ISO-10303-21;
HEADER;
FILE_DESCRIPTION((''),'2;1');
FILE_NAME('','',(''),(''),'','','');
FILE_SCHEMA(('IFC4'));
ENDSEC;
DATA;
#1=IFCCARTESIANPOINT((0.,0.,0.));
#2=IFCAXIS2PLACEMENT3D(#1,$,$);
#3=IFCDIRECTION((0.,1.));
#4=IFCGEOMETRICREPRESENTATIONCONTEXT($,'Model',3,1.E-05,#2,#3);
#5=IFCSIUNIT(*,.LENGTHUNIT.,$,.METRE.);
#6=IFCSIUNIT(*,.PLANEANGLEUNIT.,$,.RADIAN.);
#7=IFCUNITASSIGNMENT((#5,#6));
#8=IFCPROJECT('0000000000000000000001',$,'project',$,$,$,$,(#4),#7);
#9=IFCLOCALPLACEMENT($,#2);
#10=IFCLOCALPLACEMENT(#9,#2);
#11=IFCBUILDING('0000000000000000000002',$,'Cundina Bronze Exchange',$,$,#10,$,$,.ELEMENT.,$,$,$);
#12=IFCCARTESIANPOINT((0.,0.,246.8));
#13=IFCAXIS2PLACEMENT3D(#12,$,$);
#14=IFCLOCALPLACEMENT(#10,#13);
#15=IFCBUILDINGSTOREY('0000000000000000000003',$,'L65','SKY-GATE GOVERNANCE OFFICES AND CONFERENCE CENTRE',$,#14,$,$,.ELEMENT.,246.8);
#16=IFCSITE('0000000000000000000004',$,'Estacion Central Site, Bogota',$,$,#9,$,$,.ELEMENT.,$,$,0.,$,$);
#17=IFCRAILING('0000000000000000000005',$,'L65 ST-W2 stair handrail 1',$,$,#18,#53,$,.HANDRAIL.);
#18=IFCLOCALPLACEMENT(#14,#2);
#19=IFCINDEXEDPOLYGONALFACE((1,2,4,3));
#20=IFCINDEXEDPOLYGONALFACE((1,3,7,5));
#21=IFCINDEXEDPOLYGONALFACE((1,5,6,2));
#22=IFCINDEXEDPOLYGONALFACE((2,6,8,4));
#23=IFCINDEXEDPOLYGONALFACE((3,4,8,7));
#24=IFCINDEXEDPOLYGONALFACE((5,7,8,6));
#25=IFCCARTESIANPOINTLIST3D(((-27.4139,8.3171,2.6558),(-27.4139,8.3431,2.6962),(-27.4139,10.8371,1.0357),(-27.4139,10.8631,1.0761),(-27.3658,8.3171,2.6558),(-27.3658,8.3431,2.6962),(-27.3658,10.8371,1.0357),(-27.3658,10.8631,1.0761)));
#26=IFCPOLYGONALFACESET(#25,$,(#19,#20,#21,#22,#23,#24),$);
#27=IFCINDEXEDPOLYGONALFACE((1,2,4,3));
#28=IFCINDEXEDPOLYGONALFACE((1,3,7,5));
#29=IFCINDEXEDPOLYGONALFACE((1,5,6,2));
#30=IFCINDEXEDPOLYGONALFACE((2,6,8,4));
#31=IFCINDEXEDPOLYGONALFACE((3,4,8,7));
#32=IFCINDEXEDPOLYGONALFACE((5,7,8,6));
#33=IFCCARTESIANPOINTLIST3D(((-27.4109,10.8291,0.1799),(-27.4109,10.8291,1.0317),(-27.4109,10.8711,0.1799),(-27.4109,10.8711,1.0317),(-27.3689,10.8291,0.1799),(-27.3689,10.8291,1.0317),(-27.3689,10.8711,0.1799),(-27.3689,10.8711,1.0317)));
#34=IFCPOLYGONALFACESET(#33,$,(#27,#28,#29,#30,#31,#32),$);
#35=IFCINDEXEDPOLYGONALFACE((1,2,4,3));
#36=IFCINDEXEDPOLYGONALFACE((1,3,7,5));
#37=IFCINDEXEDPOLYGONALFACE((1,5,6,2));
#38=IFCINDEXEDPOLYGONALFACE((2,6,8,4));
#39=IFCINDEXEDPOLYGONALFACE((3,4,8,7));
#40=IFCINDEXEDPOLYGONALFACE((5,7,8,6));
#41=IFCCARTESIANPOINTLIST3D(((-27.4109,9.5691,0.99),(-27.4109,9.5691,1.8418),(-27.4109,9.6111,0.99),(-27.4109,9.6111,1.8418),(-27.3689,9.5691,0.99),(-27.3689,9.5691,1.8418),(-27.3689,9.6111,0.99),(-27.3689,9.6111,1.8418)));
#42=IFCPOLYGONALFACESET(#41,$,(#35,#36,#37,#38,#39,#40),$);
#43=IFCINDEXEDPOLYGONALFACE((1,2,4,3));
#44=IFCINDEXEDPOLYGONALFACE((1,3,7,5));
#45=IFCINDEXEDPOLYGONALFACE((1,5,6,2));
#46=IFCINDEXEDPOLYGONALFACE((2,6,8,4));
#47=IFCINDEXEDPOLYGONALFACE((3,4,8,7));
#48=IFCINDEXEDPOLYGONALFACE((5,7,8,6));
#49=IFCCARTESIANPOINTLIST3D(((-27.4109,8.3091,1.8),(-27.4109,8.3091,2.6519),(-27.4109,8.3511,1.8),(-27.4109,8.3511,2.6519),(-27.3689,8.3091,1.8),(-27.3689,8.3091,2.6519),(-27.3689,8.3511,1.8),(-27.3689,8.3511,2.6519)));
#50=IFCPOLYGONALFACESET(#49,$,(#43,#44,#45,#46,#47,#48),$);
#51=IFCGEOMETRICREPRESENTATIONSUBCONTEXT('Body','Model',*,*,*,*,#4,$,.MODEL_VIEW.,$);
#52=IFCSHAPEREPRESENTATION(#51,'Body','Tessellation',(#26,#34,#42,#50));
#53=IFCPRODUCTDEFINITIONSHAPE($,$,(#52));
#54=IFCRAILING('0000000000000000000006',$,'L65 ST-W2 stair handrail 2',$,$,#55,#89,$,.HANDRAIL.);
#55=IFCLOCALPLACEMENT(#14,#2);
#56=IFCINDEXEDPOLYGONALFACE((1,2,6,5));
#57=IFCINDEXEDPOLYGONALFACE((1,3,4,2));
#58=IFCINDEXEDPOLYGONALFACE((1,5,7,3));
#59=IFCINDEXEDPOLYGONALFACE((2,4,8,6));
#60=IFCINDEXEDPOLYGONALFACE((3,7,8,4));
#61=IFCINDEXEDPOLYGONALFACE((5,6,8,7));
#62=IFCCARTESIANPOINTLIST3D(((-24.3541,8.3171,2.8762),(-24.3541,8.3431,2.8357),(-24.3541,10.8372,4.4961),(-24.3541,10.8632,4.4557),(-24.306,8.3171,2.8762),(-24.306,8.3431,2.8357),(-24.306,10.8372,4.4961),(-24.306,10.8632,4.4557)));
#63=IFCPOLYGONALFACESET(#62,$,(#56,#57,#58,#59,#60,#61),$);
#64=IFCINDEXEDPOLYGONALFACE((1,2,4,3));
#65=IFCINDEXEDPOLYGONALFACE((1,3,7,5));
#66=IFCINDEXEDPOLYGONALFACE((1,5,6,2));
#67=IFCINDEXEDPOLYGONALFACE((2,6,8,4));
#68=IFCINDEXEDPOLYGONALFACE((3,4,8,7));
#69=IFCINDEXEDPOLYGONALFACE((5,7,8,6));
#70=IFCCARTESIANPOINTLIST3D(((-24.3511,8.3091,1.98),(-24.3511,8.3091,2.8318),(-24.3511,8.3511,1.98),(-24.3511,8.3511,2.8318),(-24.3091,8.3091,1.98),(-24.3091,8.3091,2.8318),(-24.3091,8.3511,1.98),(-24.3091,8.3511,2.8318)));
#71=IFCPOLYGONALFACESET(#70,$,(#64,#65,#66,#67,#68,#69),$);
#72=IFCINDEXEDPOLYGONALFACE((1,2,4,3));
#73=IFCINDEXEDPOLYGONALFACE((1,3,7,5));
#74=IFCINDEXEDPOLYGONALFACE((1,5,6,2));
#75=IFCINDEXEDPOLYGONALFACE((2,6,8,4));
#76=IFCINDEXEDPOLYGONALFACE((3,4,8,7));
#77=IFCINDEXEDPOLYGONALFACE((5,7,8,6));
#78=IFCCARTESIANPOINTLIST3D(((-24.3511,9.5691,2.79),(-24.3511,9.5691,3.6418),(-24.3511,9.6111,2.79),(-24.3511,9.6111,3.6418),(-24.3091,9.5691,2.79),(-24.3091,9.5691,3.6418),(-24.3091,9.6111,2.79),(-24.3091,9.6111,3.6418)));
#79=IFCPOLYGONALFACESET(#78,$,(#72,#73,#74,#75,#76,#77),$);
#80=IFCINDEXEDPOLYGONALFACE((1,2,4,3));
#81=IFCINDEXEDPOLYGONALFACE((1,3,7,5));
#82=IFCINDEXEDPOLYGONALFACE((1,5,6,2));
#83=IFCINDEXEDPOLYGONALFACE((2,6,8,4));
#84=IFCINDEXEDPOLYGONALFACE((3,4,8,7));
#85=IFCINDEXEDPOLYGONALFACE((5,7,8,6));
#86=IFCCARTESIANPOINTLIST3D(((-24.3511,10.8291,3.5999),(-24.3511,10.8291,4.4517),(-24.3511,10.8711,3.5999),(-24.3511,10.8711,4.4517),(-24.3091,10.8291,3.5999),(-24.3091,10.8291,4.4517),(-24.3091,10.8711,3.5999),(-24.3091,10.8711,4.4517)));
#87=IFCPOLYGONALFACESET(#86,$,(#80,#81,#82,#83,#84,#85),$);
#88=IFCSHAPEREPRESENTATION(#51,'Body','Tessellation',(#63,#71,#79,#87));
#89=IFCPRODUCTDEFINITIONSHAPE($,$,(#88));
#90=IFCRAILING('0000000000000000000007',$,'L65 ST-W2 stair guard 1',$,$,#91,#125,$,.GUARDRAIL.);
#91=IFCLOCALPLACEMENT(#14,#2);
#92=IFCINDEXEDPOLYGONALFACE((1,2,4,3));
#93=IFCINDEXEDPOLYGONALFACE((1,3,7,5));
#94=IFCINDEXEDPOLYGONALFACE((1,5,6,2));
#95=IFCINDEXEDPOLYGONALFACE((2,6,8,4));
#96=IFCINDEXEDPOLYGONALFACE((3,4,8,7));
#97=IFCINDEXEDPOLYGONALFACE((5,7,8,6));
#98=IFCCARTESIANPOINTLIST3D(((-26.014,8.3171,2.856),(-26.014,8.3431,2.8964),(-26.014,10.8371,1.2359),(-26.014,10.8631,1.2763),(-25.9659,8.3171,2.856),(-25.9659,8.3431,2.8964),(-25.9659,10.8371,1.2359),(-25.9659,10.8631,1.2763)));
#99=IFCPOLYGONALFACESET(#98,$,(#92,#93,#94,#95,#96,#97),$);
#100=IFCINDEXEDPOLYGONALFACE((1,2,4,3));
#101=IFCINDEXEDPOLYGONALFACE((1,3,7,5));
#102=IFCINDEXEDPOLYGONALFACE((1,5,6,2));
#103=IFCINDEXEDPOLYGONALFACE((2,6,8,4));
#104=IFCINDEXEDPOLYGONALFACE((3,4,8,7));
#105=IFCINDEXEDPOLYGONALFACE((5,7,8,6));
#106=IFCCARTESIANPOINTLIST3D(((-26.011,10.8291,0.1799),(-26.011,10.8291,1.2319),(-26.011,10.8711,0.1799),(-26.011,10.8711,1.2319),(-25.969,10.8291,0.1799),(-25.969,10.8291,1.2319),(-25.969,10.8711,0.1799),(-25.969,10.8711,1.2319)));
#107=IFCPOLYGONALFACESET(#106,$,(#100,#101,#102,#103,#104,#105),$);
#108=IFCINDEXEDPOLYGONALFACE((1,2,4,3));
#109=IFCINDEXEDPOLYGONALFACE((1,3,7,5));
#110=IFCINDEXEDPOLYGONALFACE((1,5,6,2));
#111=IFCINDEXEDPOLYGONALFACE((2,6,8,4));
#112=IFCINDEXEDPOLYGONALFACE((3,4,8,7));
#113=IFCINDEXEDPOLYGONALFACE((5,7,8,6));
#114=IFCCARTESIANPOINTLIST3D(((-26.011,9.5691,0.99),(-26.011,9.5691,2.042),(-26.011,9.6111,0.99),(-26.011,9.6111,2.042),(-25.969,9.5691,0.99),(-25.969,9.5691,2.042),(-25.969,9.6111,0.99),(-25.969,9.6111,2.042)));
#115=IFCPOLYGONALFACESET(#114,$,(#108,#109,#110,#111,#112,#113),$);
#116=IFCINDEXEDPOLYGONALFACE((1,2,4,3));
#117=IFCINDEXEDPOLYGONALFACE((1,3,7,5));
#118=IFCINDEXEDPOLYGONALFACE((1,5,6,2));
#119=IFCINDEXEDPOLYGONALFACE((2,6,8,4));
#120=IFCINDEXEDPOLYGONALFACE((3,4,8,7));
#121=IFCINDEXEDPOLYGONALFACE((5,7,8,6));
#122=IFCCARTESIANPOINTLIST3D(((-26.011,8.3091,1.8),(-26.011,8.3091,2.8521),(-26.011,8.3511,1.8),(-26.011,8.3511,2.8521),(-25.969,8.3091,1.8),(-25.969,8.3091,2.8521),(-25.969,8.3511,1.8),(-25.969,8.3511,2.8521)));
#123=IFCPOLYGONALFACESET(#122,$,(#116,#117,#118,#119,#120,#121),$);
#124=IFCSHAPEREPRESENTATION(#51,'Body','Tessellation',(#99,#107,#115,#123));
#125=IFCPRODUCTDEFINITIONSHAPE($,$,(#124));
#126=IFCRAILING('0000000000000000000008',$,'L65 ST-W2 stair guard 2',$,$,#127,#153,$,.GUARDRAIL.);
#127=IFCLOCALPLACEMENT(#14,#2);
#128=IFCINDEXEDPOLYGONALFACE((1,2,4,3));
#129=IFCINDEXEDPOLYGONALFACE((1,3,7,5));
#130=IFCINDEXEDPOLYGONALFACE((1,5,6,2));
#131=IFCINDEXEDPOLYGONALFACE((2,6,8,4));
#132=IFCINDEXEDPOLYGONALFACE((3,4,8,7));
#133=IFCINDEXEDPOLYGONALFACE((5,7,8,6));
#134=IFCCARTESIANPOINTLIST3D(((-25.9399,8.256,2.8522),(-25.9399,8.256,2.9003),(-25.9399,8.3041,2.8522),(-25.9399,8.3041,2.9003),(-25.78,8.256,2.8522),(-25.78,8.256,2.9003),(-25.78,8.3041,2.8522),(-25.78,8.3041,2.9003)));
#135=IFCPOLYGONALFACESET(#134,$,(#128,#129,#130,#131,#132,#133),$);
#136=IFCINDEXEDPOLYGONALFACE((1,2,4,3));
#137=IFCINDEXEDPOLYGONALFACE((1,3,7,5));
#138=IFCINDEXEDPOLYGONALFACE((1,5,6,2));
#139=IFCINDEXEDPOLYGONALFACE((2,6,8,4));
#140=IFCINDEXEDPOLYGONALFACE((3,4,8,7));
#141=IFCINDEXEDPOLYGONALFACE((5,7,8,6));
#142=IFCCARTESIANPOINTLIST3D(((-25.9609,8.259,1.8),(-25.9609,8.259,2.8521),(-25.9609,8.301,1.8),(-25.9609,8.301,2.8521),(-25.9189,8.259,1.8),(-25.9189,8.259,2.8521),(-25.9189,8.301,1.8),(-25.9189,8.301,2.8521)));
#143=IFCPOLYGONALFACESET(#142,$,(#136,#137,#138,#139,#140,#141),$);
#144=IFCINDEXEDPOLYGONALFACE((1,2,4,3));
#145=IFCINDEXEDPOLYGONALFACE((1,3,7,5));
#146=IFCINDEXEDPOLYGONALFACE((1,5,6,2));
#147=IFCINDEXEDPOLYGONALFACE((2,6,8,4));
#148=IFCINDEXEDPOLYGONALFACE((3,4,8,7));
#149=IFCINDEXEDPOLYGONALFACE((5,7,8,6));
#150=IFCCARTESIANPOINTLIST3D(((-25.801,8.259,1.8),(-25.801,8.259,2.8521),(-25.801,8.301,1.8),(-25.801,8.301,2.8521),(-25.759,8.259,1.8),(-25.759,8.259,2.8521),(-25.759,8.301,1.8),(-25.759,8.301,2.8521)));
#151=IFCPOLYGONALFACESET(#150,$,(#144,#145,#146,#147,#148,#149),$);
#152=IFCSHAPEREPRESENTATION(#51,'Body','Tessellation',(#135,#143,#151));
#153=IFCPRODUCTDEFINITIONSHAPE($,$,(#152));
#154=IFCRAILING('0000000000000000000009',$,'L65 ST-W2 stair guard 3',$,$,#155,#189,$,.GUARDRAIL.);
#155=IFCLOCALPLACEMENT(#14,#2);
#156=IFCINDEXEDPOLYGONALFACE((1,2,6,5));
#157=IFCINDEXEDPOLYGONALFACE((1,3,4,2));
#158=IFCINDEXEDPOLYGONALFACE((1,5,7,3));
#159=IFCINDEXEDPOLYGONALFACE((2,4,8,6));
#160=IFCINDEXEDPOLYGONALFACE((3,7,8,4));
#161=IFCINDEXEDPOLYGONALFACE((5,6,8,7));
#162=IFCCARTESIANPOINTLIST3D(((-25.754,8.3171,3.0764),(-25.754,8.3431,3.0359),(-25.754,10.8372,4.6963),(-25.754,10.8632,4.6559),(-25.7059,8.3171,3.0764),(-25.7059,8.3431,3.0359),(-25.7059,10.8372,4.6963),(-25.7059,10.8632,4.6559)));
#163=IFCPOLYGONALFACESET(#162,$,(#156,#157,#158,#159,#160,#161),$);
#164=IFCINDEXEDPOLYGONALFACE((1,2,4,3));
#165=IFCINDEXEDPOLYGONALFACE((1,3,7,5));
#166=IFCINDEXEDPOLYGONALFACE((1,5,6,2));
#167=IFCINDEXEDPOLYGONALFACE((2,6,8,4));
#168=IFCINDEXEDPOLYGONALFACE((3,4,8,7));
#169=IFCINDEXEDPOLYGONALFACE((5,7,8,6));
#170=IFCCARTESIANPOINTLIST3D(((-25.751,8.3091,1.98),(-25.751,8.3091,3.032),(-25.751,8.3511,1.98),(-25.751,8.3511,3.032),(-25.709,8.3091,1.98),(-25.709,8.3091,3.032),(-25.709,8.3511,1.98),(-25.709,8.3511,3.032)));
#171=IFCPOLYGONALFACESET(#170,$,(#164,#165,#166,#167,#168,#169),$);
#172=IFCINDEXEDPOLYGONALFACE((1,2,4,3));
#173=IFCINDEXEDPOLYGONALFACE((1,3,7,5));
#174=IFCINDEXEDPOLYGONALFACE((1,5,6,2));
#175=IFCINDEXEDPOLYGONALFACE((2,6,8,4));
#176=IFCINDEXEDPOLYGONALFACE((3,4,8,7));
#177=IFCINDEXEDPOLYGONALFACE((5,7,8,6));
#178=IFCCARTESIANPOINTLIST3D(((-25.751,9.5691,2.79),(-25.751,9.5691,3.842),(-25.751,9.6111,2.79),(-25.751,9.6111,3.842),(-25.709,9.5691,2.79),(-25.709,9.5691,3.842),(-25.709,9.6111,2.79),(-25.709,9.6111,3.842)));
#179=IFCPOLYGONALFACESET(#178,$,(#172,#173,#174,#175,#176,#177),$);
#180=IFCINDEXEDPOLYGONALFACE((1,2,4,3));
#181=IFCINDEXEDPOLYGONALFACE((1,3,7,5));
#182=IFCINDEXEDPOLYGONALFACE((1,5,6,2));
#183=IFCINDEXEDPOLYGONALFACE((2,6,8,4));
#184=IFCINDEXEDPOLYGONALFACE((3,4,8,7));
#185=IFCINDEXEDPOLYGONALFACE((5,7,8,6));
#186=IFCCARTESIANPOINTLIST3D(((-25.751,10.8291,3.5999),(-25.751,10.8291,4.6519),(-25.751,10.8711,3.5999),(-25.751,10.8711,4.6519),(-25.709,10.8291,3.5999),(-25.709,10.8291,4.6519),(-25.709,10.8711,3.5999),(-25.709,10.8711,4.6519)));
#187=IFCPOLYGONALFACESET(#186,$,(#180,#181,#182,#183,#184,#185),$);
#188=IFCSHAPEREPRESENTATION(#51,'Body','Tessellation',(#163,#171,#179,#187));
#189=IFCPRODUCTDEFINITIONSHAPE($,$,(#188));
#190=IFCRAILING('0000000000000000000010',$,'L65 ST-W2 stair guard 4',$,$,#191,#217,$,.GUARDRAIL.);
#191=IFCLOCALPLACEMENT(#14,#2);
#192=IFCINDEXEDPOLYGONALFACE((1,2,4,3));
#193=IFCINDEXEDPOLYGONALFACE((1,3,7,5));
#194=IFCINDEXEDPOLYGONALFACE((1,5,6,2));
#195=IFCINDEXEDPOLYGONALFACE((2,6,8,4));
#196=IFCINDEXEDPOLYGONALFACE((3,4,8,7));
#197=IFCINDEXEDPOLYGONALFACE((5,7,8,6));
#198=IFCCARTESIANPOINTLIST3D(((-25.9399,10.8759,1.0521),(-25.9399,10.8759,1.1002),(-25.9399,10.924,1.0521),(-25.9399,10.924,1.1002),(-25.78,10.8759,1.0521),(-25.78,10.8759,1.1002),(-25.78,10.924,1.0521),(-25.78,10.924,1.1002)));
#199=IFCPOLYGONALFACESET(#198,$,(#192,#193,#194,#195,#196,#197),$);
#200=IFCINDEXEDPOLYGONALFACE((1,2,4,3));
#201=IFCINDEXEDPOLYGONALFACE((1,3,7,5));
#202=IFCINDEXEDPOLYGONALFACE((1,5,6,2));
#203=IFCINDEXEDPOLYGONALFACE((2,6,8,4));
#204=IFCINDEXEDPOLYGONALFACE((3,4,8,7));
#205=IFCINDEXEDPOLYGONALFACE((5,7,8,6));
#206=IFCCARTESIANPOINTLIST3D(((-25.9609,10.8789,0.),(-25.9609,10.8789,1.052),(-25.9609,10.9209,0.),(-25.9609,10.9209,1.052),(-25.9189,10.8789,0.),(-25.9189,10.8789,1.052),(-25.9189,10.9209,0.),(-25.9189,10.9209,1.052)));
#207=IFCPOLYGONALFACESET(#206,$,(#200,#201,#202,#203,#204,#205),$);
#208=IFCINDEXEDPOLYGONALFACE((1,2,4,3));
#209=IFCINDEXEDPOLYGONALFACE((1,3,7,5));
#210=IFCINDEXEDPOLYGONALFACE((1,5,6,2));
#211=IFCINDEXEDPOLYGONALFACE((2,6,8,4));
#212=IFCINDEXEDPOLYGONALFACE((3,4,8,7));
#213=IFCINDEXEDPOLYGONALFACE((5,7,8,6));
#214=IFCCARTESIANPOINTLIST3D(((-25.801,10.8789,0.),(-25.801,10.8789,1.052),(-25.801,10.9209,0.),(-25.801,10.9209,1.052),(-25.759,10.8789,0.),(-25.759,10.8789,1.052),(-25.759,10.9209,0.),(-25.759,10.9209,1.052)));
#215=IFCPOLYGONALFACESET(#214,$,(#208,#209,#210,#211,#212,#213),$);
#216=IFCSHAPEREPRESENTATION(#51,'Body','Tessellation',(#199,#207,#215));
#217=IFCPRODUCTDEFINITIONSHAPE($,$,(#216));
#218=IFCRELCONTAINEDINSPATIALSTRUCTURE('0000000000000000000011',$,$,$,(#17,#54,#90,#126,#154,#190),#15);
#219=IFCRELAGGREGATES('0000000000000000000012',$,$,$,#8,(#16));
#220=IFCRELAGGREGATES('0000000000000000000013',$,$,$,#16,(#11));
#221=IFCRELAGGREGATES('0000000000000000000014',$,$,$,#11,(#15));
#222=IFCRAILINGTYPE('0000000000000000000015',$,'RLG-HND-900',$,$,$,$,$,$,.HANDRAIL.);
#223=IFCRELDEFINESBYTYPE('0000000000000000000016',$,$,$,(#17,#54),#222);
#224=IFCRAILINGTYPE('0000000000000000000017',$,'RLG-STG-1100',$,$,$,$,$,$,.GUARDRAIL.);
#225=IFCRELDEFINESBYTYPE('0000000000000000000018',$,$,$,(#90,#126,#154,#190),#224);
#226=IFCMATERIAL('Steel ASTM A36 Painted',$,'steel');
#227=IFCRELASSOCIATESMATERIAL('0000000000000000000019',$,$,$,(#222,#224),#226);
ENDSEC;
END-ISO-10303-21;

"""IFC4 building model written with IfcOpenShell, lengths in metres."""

from ifc_helpers import new_model, si_unit, direction, frame, origin, origin_2d, place, context, subcontext, project, spatial, rectangle, extrude, material, type_object, element, save


model = new_model("IFC4")

# Units and contexts
model_context = context("Model", 3, precision=1e-05, world=origin(), true_north=direction((0.0, 1.0)))
body_context = subcontext(model_context, "Body", "Model", "MODEL_VIEW")
ifc_project = project(units=[si_unit("LENGTHUNIT", "METRE"), si_unit("PLANEANGLEUNIT", "RADIAN")], contexts=[model_context])

# Site, building, storey
site_placement = place(None, origin())
site = spatial("IfcSite", under=ifc_project, at=site_placement, Name="Estacion Central Site, Bogota", CompositionType="ELEMENT", RefElevation=0.0)
building_placement = place(site_placement, origin())
building = spatial("IfcBuilding", under=site, at=building_placement, Name="Cundina Bronze Exchange", CompositionType="ELEMENT")
storey_placement = place(building_placement, frame((0.0, 0.0, 246.8)))
storey = spatial("IfcBuildingStorey", under=building, at=storey_placement, Name="L65", Description="SKY-GATE GOVERNANCE OFFICES AND CONFERENCE CENTRE", CompositionType="ELEMENT", Elevation=246.8)

# Shared definitions
ifc_material_1 = material(Name="Steel ASTM A36 Painted", Category="steel")

# Railings
railing_type_1 = type_object("IfcRailingType", Name="RLG-HND-900", PredefinedType="HANDRAIL", material=ifc_material_1)
railing_1_placement = place(storey_placement, frame((-27.3899, 10.8501, 0.1799)))
element("IfcRailing", 1, at=railing_1_placement, inside=storey, type_object=railing_type_1, Name="L65 ST-W2 stair handrail 1", PredefinedType="HANDRAIL", context=body_context, shape_type="SweptSolid", body=[
    extrude(rectangle(XDim=0.0481, YDim=0.0481, at=origin_2d()), frame((0.0, 0.0, 0.876), z_axis=(0.0, -0.841163, 0.540782), x_axis=(1.0, 0.0, 0.0)), (0.0, 0.0, 1.0), 2.9958),
    extrude(rectangle(XDim=0.042, YDim=0.042, at=origin_2d()), origin(), (0.0, 0.0, 1.0), 0.8518),
    extrude(rectangle(XDim=0.042, YDim=0.042, at=origin_2d()), frame((0.0, -1.26, 0.8101)), (0.0, 0.0, 1.0), 0.8518),
    extrude(rectangle(XDim=0.042, YDim=0.042, at=origin_2d()), frame((0.0, -2.52, 1.6201)), (0.0, 0.0, 1.0), 0.8518),
])
railing_2_placement = place(storey_placement, frame((-24.3301, 8.3301, 1.98)))
element("IfcRailing", 2, at=railing_2_placement, inside=storey, type_object=railing_type_1, Name="L65 ST-W2 stair handrail 2", PredefinedType="HANDRAIL", context=body_context, shape_type="SweptSolid", body=[
    extrude(rectangle(XDim=0.0481, YDim=0.0481, at=origin_2d()), frame((0.0, 0.0, 0.876), z_axis=(0.0, 0.8412, 0.540725), x_axis=(-1.0, 0.0, 0.0)), (0.0, 0.0, 1.0), 2.9958),
    extrude(rectangle(XDim=0.042, YDim=0.042, at=origin_2d()), origin(), (0.0, 0.0, 1.0), 0.8518),
    extrude(rectangle(XDim=0.042, YDim=0.042, at=origin_2d()), frame((0.0, 1.26, 0.8101)), (0.0, 0.0, 1.0), 0.8518),
    extrude(rectangle(XDim=0.042, YDim=0.042, at=origin_2d()), frame((0.0, 2.52, 1.6199)), (0.0, 0.0, 1.0), 0.8518),
])
railing_type_2 = type_object("IfcRailingType", Name="RLG-STG-1100", PredefinedType="GUARDRAIL", material=ifc_material_1)
railing_3_placement = place(storey_placement, frame((-25.99, 10.8501, 0.1799)))
element("IfcRailing", 3, at=railing_3_placement, inside=storey, type_object=railing_type_2, Name="L65 ST-W2 stair guard 1", PredefinedType="GUARDRAIL", context=body_context, shape_type="SweptSolid", body=[
    extrude(rectangle(XDim=0.0481, YDim=0.0481, at=origin_2d()), frame((0.0, 0.0, 1.0762), z_axis=(0.0, -0.841163, 0.540782), x_axis=(1.0, 0.0, 0.0)), (0.0, 0.0, 1.0), 2.9958),
    extrude(rectangle(XDim=0.042, YDim=0.042, at=origin_2d()), origin(), (0.0, 0.0, 1.0), 1.052),
    extrude(rectangle(XDim=0.042, YDim=0.042, at=origin_2d()), frame((0.0, -1.26, 0.8101)), (0.0, 0.0, 1.0), 1.052),
    extrude(rectangle(XDim=0.042, YDim=0.042, at=origin_2d()), frame((0.0, -2.52, 1.6201)), (0.0, 0.0, 1.0), 1.052),
])
railing_4_placement = place(storey_placement, frame((-25.9399, 8.28, 1.8)))
element("IfcRailing", 4, at=railing_4_placement, inside=storey, type_object=railing_type_2, Name="L65 ST-W2 stair guard 2", PredefinedType="GUARDRAIL", context=body_context, shape_type="SweptSolid", body=[
    extrude(rectangle(XDim=0.0481, YDim=0.0481, at=origin_2d()), frame((0.0, 0.0, 1.0762), z_axis=(1.0, 0.0, 0.0), x_axis=(0.0, 1.0, 0.0)), (0.0, 0.0, 1.0), 0.1599),
    extrude(rectangle(XDim=0.042, YDim=0.042, at=origin_2d()), origin(), (0.0, 0.0, 1.0), 1.052),
    extrude(rectangle(XDim=0.042, YDim=0.042, at=origin_2d()), frame((0.1599, 0.0, 0.0)), (0.0, 0.0, 1.0), 1.052),
])
railing_5_placement = place(storey_placement, frame((-25.73, 8.3301, 1.98)))
element("IfcRailing", 5, at=railing_5_placement, inside=storey, type_object=railing_type_2, Name="L65 ST-W2 stair guard 3", PredefinedType="GUARDRAIL", context=body_context, shape_type="SweptSolid", body=[
    extrude(rectangle(XDim=0.0481, YDim=0.0481, at=origin_2d()), frame((0.0, 0.0, 1.0762), z_axis=(0.0, 0.8412, 0.540725), x_axis=(-1.0, 0.0, 0.0)), (0.0, 0.0, 1.0), 2.9958),
    extrude(rectangle(XDim=0.042, YDim=0.042, at=origin_2d()), origin(), (0.0, 0.0, 1.0), 1.052),
    extrude(rectangle(XDim=0.042, YDim=0.042, at=origin_2d()), frame((0.0, 1.26, 0.8101)), (0.0, 0.0, 1.0), 1.052),
    extrude(rectangle(XDim=0.042, YDim=0.042, at=origin_2d()), frame((0.0, 2.52, 1.6199)), (0.0, 0.0, 1.0), 1.052),
])
railing_6_placement = place(storey_placement, frame((-25.9399, 10.8999, 0.0)))
element("IfcRailing", 6, at=railing_6_placement, inside=storey, type_object=railing_type_2, Name="L65 ST-W2 stair guard 4", PredefinedType="GUARDRAIL", context=body_context, shape_type="SweptSolid", body=[
    extrude(rectangle(XDim=0.0481, YDim=0.0481, at=origin_2d()), frame((0.0, 0.0, 1.0762), z_axis=(1.0, 0.0, 0.0), x_axis=(0.0, 1.0, 0.0)), (0.0, 0.0, 1.0), 0.1599),
    extrude(rectangle(XDim=0.042, YDim=0.042, at=origin_2d()), origin(), (0.0, 0.0, 1.0), 1.052),
    extrude(rectangle(XDim=0.042, YDim=0.042, at=origin_2d()), frame((0.1599, 0.0, 0.0)), (0.0, 0.0, 1.0), 1.052),
])

save(model, "model.ifc")
